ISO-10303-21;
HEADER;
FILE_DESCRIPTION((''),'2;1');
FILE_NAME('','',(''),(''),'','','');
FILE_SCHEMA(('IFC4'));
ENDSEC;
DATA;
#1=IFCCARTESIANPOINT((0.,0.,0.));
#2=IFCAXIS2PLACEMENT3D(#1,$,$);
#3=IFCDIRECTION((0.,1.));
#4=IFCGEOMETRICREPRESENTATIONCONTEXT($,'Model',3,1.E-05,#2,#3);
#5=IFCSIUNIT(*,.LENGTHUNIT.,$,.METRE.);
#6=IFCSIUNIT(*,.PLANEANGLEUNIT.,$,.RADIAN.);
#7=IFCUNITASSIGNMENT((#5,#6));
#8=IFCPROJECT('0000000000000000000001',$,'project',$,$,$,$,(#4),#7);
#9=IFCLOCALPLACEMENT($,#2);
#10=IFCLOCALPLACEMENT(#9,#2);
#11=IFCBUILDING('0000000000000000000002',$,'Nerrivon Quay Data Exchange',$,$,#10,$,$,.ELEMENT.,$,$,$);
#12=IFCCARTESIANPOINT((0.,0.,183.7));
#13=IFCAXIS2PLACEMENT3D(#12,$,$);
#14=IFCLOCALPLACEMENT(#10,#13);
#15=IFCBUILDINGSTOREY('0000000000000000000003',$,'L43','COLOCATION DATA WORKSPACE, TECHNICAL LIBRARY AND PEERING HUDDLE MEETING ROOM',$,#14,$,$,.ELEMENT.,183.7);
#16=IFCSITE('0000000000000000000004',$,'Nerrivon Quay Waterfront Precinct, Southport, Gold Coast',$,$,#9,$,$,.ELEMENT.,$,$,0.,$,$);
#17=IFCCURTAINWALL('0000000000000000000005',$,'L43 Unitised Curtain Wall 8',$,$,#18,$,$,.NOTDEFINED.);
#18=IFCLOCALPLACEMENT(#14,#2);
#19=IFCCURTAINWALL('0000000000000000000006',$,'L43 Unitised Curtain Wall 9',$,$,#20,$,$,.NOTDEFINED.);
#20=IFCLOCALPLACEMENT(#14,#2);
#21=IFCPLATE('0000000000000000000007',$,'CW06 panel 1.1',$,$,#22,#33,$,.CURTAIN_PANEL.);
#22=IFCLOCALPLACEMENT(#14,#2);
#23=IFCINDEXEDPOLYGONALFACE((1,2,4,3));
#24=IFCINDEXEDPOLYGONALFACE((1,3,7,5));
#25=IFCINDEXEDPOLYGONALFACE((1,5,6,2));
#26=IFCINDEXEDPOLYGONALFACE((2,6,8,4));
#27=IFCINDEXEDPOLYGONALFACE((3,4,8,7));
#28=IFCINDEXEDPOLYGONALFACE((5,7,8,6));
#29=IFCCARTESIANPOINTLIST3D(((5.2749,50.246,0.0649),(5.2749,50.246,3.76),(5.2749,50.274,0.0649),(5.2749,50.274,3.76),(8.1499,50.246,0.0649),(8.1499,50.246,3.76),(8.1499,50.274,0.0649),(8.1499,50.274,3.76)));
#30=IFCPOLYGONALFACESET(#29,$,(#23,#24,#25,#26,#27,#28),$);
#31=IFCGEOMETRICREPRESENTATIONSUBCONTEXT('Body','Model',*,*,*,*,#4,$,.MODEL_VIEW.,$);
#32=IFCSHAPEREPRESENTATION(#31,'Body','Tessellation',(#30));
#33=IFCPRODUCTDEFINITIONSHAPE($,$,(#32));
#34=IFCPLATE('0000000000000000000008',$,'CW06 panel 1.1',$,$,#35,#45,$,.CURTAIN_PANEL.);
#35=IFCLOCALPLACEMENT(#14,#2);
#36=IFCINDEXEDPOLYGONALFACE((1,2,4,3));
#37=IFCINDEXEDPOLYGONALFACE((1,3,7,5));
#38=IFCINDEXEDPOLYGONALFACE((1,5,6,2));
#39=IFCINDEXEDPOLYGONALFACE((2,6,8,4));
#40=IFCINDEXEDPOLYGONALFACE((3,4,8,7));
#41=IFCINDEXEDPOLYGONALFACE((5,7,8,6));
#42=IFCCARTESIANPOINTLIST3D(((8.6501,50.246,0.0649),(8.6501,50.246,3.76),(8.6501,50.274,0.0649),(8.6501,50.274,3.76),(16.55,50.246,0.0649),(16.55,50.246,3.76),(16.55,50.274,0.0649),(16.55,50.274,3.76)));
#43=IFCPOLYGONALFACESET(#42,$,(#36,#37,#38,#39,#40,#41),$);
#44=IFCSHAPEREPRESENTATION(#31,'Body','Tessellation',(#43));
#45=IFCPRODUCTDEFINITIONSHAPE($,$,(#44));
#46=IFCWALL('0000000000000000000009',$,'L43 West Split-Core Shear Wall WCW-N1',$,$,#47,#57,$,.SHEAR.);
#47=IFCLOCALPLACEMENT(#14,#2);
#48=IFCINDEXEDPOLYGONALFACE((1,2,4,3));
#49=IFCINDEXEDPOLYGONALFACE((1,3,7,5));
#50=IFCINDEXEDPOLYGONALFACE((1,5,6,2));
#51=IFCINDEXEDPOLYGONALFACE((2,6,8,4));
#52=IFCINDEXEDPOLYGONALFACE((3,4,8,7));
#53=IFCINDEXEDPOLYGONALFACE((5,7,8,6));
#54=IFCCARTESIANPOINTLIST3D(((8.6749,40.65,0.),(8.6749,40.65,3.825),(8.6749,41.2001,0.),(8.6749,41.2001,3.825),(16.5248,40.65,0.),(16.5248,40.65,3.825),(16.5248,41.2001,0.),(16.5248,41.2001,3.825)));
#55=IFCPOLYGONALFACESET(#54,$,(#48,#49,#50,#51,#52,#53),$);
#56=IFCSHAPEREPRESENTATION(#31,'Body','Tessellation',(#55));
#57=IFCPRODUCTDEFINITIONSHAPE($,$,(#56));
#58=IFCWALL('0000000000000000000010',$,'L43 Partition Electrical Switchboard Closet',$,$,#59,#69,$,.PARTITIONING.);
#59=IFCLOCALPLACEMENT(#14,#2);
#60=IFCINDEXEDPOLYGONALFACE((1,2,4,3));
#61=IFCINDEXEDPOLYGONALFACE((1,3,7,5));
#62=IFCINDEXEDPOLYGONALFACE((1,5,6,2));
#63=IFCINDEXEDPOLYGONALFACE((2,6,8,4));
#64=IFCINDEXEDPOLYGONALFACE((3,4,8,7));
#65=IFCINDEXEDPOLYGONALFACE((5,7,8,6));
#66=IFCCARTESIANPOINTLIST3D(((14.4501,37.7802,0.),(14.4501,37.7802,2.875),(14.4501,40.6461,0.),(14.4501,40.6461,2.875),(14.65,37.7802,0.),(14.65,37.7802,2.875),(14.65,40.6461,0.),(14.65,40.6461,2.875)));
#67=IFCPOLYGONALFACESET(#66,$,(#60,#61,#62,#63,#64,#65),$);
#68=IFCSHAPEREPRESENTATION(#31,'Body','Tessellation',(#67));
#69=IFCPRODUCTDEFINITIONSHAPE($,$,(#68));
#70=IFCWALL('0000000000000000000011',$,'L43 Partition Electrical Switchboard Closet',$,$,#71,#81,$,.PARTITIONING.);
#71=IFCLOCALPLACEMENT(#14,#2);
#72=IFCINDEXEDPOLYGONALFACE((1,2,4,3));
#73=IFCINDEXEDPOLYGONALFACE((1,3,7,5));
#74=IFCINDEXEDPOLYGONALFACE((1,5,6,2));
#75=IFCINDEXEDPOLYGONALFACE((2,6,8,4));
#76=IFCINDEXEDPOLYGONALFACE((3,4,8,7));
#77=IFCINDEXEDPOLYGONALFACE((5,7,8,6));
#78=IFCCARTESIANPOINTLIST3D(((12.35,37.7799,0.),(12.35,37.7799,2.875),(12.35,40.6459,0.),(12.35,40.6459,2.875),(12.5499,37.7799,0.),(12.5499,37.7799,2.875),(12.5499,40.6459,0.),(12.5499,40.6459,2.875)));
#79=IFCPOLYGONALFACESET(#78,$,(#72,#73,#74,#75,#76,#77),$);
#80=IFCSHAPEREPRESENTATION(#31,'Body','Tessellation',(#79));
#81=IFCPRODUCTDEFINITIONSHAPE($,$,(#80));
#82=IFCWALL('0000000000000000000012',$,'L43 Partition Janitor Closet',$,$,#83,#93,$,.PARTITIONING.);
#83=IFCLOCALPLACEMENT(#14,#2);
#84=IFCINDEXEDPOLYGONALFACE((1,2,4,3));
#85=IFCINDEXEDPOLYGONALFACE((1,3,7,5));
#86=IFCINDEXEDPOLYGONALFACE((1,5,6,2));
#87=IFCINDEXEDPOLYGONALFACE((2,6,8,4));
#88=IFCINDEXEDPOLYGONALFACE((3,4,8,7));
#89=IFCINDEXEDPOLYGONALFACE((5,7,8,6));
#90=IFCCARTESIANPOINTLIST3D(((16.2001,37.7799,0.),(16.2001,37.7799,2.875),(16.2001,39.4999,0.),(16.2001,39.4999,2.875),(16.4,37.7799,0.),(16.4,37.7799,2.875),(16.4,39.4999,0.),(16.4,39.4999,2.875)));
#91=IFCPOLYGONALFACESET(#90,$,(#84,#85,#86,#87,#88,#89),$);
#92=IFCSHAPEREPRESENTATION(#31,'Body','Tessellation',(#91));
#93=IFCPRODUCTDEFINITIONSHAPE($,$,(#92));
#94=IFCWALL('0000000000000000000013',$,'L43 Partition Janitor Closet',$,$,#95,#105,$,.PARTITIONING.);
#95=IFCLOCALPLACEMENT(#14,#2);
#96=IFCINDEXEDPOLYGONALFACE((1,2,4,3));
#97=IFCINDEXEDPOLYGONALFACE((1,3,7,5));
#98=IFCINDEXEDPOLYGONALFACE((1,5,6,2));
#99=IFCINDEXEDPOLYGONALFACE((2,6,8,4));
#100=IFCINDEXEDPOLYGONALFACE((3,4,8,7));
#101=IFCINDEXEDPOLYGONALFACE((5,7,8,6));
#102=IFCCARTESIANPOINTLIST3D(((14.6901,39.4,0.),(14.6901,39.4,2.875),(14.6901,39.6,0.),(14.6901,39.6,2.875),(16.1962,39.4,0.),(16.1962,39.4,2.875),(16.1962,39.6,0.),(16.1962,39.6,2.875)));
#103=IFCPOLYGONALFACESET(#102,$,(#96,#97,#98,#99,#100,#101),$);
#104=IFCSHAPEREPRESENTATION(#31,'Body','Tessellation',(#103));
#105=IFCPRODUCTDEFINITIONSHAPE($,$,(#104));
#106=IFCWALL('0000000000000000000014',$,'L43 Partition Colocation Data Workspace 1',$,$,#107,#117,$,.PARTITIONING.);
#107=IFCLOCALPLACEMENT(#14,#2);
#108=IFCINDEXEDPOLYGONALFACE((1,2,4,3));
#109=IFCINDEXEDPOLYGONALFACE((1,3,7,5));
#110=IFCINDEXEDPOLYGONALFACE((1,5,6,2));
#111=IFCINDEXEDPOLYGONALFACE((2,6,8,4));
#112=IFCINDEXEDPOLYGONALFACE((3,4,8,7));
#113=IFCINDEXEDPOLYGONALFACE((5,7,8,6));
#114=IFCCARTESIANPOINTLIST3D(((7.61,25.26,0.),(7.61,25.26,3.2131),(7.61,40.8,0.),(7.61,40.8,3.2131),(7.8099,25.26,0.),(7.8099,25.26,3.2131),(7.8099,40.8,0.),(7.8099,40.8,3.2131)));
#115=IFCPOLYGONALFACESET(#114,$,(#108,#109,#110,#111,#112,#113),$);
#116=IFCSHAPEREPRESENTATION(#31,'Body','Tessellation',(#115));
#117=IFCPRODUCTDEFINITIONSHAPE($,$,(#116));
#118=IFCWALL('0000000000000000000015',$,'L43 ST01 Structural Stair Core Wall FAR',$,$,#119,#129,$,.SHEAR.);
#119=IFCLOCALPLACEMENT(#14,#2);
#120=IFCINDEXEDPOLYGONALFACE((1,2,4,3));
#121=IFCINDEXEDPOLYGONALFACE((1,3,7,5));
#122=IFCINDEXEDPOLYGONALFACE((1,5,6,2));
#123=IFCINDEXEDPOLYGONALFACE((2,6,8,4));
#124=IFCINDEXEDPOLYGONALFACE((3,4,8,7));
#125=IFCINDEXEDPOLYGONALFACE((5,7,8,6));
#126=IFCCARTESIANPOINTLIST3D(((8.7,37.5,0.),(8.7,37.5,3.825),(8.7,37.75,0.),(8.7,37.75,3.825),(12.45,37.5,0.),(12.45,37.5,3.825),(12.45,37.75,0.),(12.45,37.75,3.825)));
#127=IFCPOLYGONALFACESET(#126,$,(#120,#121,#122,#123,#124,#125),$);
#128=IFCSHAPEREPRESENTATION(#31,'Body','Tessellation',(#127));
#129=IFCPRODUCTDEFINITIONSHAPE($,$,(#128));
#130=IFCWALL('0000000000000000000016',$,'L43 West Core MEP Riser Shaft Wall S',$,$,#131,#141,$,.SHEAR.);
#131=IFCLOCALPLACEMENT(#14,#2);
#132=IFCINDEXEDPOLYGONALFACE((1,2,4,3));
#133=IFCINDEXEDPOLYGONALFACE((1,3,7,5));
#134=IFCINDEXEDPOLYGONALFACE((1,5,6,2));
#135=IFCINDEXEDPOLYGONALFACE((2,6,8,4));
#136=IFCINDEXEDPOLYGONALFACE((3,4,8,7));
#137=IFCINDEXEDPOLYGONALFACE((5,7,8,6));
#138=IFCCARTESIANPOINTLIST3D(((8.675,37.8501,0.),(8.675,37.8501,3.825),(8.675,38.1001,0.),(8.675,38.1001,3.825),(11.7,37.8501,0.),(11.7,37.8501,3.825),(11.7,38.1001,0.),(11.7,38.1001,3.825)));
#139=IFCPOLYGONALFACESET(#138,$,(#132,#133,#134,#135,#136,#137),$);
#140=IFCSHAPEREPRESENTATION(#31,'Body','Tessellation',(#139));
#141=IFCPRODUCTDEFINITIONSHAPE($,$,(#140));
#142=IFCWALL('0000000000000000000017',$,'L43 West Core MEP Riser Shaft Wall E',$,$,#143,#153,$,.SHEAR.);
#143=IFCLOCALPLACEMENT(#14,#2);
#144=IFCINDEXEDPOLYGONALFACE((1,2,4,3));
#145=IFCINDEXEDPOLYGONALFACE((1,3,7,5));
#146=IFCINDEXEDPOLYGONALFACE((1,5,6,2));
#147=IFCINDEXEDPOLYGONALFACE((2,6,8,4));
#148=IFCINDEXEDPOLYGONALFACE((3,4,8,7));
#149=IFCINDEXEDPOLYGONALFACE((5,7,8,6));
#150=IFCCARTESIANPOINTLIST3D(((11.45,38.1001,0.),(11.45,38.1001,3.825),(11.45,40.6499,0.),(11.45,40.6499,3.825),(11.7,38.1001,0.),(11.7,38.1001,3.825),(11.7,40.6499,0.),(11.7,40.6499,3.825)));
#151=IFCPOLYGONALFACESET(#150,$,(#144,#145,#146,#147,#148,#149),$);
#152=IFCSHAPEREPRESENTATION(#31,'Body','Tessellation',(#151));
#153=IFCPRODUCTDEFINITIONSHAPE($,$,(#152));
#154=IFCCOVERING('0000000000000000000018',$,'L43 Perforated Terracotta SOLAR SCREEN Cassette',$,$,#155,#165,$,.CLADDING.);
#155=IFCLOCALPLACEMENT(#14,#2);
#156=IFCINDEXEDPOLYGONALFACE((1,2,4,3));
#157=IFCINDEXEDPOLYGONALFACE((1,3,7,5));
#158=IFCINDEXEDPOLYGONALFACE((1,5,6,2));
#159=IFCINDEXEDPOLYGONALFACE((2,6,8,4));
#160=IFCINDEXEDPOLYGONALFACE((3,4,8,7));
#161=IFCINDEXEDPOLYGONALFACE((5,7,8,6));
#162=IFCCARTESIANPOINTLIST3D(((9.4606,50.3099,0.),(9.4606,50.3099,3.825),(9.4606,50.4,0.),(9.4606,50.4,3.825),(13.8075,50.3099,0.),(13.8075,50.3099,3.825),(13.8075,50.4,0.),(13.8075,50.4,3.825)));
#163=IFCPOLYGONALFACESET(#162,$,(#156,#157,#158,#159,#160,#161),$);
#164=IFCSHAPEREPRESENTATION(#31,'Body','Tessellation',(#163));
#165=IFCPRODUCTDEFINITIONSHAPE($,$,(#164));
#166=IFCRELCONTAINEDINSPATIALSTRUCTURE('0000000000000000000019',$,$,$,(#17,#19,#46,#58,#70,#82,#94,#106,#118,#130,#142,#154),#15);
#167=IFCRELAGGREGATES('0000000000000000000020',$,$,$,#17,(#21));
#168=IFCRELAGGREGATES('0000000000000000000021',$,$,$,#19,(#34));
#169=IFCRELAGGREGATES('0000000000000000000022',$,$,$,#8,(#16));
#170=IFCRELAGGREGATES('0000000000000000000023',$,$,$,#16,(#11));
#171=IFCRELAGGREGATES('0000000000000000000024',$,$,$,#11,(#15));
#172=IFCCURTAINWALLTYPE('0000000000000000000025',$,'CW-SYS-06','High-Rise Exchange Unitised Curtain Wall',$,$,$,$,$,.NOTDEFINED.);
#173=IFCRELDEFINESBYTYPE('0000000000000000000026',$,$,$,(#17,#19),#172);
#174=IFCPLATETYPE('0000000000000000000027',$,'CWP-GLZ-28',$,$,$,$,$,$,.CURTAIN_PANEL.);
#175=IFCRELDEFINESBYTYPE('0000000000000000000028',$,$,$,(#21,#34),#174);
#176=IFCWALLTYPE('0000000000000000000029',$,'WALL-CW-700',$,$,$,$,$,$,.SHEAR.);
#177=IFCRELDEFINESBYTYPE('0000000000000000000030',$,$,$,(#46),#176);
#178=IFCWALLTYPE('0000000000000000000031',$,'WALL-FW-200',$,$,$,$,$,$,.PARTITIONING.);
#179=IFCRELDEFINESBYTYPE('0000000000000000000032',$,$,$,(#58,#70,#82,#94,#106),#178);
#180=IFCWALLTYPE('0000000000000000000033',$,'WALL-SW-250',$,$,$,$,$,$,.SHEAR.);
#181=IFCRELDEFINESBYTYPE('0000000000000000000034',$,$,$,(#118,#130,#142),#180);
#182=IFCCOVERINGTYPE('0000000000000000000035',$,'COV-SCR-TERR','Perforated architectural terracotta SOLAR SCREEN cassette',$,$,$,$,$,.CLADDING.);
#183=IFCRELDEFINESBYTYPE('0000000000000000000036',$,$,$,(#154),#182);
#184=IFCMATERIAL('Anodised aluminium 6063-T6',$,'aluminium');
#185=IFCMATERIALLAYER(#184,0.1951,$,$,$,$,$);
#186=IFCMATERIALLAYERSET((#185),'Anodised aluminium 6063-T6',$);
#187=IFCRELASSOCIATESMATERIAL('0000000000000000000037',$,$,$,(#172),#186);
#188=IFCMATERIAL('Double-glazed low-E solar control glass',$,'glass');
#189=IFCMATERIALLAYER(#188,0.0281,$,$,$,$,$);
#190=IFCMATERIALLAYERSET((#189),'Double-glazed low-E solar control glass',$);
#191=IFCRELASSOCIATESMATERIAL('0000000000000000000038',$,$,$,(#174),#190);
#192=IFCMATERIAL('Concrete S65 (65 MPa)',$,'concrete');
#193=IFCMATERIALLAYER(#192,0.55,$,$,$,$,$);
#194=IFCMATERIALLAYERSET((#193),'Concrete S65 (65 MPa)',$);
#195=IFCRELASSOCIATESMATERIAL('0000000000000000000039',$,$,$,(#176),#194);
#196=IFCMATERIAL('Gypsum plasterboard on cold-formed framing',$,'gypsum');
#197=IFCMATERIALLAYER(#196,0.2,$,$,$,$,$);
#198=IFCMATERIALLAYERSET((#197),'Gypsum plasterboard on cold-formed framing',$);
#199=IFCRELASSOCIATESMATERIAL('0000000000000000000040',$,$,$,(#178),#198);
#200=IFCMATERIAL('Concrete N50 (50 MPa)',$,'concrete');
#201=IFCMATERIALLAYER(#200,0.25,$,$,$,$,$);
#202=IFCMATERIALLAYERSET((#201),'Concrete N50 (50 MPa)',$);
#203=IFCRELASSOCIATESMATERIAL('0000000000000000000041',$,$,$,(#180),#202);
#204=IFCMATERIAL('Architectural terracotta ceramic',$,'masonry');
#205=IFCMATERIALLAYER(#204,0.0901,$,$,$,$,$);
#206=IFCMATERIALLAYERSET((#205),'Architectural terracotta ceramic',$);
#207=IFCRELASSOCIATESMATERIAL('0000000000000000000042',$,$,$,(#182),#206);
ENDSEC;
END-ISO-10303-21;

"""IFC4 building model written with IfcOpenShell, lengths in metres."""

from ifc_helpers import new_model, si_unit, direction, frame, frame_2d, origin, origin_2d, place, context, subcontext, project, spatial, rectangle, extrude, material, layer, layer_set, type_object, element, aggregate, save


model = new_model("IFC4")

# Units and contexts
model_context = context("Model", 3, precision=1e-05, world=origin(), true_north=direction((0.0, 1.0)))
body_context = subcontext(model_context, "Body", "Model", "MODEL_VIEW")
ifc_project = project(units=[si_unit("LENGTHUNIT", "METRE"), si_unit("PLANEANGLEUNIT", "RADIAN")], contexts=[model_context])

# Site, building, storey
site_placement = place(None, origin())
site = spatial("IfcSite", under=ifc_project, at=site_placement, Name="Nerrivon Quay Waterfront Precinct, Southport, Gold Coast", CompositionType="ELEMENT", RefElevation=0.0)
building_placement = place(site_placement, origin())
building = spatial("IfcBuilding", under=site, at=building_placement, Name="Nerrivon Quay Data Exchange", CompositionType="ELEMENT")
storey_placement = place(building_placement, frame((0.0, 0.0, 183.7)))
storey = spatial("IfcBuildingStorey", under=building, at=storey_placement, Name="L43", Description="COLOCATION DATA WORKSPACE, TECHNICAL LIBRARY AND PEERING HUDDLE MEETING ROOM", CompositionType="ELEMENT", Elevation=183.7)

# Shared definitions
ifc_material_1 = material(Name="Concrete S65 (65 MPa)", Category="concrete")

# Shared definitions
ifc_material_2 = material(Name="Concrete N50 (50 MPa)", Category="concrete")

# Curtain wall
ifc_material_3 = material(Name="Anodised aluminium 6063-T6", Category="aluminium")
ifc_layer_1 = layer(ifc_material_3, 0.1951)
ifc_layer_set_1 = layer_set([ifc_layer_1], Name="Anodised aluminium 6063-T6")
curtain_wall_type = type_object("IfcCurtainWallType", Name="CW-SYS-06", Description="High-Rise Exchange Unitised Curtain Wall", PredefinedType="NOTDEFINED", material=ifc_layer_set_1)
curtain_wall_1_placement = place(storey_placement, origin())
curtain_wall_1 = element("IfcCurtainWall", 1, at=curtain_wall_1_placement, inside=storey, type_object=curtain_wall_type, Name="L43 Unitised Curtain Wall 8", PredefinedType="NOTDEFINED")

# Curtain wall
curtain_wall_2_placement = place(storey_placement, origin())
curtain_wall_2 = element("IfcCurtainWall", 2, at=curtain_wall_2_placement, inside=storey, type_object=curtain_wall_type, Name="L43 Unitised Curtain Wall 9", PredefinedType="NOTDEFINED")

# Plates
ifc_material_4 = material(Name="Double-glazed low-E solar control glass", Category="glass")
ifc_layer_2 = layer(ifc_material_4, 0.0281)
ifc_layer_set_2 = layer_set([ifc_layer_2], Name="Double-glazed low-E solar control glass")
plate_type = type_object("IfcPlateType", Name="CWP-GLZ-28", PredefinedType="CURTAIN_PANEL", material=ifc_layer_set_2)
plate_1_placement = place(storey_placement, frame((6.7124, 50.26, 0.0649), z_axis=(0.0, 0.0, 1.0), x_axis=(1.0, 0.0, 0.0)))
plate_1 = element("IfcPlate", 3, at=plate_1_placement, type_object=plate_type, Name="CW06 panel 1.1", PredefinedType="CURTAIN_PANEL", context=body_context, shape_type="SweptSolid", body=[
    extrude(rectangle(XDim=2.875, YDim=0.0281, at=origin_2d()), origin(), (0.0, 0.0, 1.0), 3.6951),
])
aggregate(curtain_wall_1, [plate_1])
plate_2_placement = place(storey_placement, frame((12.6001, 50.26, 0.0649), z_axis=(0.0, 0.0, 1.0), x_axis=(1.0, 0.0, 0.0)))
plate_2 = element("IfcPlate", 4, at=plate_2_placement, type_object=plate_type, Name="CW06 panel 1.1", PredefinedType="CURTAIN_PANEL", context=body_context, shape_type="SweptSolid", body=[
    extrude(rectangle(XDim=7.8999, YDim=0.0281, at=origin_2d()), origin(), (0.0, 0.0, 1.0), 3.6951),
])
aggregate(curtain_wall_2, [plate_2])

# Walls
ifc_layer_3 = layer(ifc_material_1, 0.55)
ifc_layer_set_3 = layer_set([ifc_layer_3], Name="Concrete S65 (65 MPa)")
wall_type_1 = type_object("IfcWallType", Name="WALL-CW-700", PredefinedType="SHEAR", material=ifc_layer_set_3)
wall_1_placement = place(storey_placement, frame((8.675, 40.925, 0.0), z_axis=(0.0, 0.0, 1.0), x_axis=(1.0, 0.0, 0.0)))
element("IfcWall", 5, at=wall_1_placement, inside=storey, type_object=wall_type_1, Name="L43 West Split-Core Shear Wall WCW-N1", PredefinedType="SHEAR", context=body_context, shape_type="SweptSolid", body=[
    extrude(rectangle(XDim=7.8499, YDim=0.55, at=frame_2d((3.9248, 0.0))), origin(), (0.0, 0.0, 1.0), 3.825),
])
ifc_material_5 = material(Name="Gypsum plasterboard on cold-formed framing", Category="gypsum")
ifc_layer_4 = layer(ifc_material_5, 0.2)
ifc_layer_set_4 = layer_set([ifc_layer_4], Name="Gypsum plasterboard on cold-formed framing")
wall_type_2 = type_object("IfcWallType", Name="WALL-FW-200", PredefinedType="PARTITIONING", material=ifc_layer_set_4)
for number, where, z_axis, x_axis, name in (
    (6, (14.55, 37.78, 0.0), (0.0, 0.0, 1.0), (0.0, 1.0, 0.0), "L43 Partition Electrical Switchboard Closet"),
    (7, (12.45, 40.646, 0.0), (0.0, 0.0, 1.0), (0.0, -1.0, 0.0), "L43 Partition Electrical Switchboard Closet"),
):
    element("IfcWall", number, at=place(storey_placement, frame(where, z_axis=z_axis, x_axis=x_axis)), inside=storey, type_object=wall_type_2, Name=name, PredefinedType="PARTITIONING", context=body_context, shape_type="SweptSolid", body=[
        extrude(rectangle(XDim=2.866, YDim=0.2, at=frame_2d((1.4331, 0.0))), origin(), (0.0, 0.0, 1.0), 2.875),
    ])
wall_2_placement = place(storey_placement, frame((16.3, 37.78, 0.0), z_axis=(0.0, 0.0, 1.0), x_axis=(0.0, 1.0, 0.0)))
element("IfcWall", 8, at=wall_2_placement, inside=storey, type_object=wall_type_2, Name="L43 Partition Janitor Closet", PredefinedType="PARTITIONING", context=body_context, shape_type="SweptSolid", body=[
    extrude(rectangle(XDim=1.72, YDim=0.2, at=frame_2d((0.8599, 0.0))), origin(), (0.0, 0.0, 1.0), 2.875),
])
wall_3_placement = place(storey_placement, frame((16.196, 39.5, 0.0), z_axis=(0.0, 0.0, 1.0), x_axis=(-1.0, 0.0, 0.0)))
element("IfcWall", 9, at=wall_3_placement, inside=storey, type_object=wall_type_2, Name="L43 Partition Janitor Closet", PredefinedType="PARTITIONING", context=body_context, shape_type="SweptSolid", body=[
    extrude(rectangle(XDim=1.5061, YDim=0.2, at=frame_2d((0.7529, 0.0))), origin(), (0.0, 0.0, 1.0), 2.875),
])
wall_4_placement = place(storey_placement, frame((7.71, 40.8, 0.0), z_axis=(0.0, 0.0, 1.0), x_axis=(0.0, -1.0, 0.0)))
element("IfcWall", 10, at=wall_4_placement, inside=storey, type_object=wall_type_2, Name="L43 Partition Colocation Data Workspace 1", PredefinedType="PARTITIONING", context=body_context, shape_type="SweptSolid", body=[
    extrude(rectangle(XDim=15.54, YDim=0.2, at=frame_2d((7.77, 0.0))), origin(), (0.0, 0.0, 1.0), 3.2131),
])
ifc_layer_5 = layer(ifc_material_2, 0.25)
ifc_layer_set_5 = layer_set([ifc_layer_5], Name="Concrete N50 (50 MPa)")
wall_type_3 = type_object("IfcWallType", Name="WALL-SW-250", PredefinedType="SHEAR", material=ifc_layer_set_5)
wall_5_placement = place(storey_placement, frame((12.45, 37.625, 0.0), z_axis=(0.0, 0.0, 1.0), x_axis=(-1.0, 0.0, 0.0)))
element("IfcWall", 11, at=wall_5_placement, inside=storey, type_object=wall_type_3, Name="L43 ST01 Structural Stair Core Wall FAR", PredefinedType="SHEAR", context=body_context, shape_type="SweptSolid", body=[
    extrude(rectangle(XDim=3.75, YDim=0.25, at=frame_2d((1.875, 0.0))), origin(), (0.0, 0.0, 1.0), 3.825),
])
wall_6_placement = place(storey_placement, frame((8.675, 37.9751, 0.0), z_axis=(0.0, 0.0, 1.0), x_axis=(1.0, 0.0, 0.0)))
element("IfcWall", 12, at=wall_6_placement, inside=storey, type_object=wall_type_3, Name="L43 West Core MEP Riser Shaft Wall S", PredefinedType="SHEAR", context=body_context, shape_type="SweptSolid", body=[
    extrude(rectangle(XDim=3.0249, YDim=0.25, at=frame_2d((1.5125, 0.0))), origin(), (0.0, 0.0, 1.0), 3.825),
])
wall_7_placement = place(storey_placement, frame((11.575, 38.1001, 0.0), z_axis=(0.0, 0.0, 1.0), x_axis=(0.0, 1.0, 0.0)))
element("IfcWall", 13, at=wall_7_placement, inside=storey, type_object=wall_type_3, Name="L43 West Core MEP Riser Shaft Wall E", PredefinedType="SHEAR", context=body_context, shape_type="SweptSolid", body=[
    extrude(rectangle(XDim=2.5498, YDim=0.25, at=frame_2d((1.2749, 0.0))), origin(), (0.0, 0.0, 1.0), 3.825),
])

# Covering
ifc_material_6 = material(Name="Architectural terracotta ceramic", Category="masonry")
ifc_layer_6 = layer(ifc_material_6, 0.0901)
ifc_layer_set_6 = layer_set([ifc_layer_6], Name="Architectural terracotta ceramic")
covering_type = type_object("IfcCoveringType", Name="COV-SCR-TERR", Description="Perforated architectural terracotta SOLAR SCREEN cassette", PredefinedType="CLADDING", material=ifc_layer_set_6)
covering_placement = place(storey_placement, frame((11.634, 50.355, 0.0), z_axis=(0.0, 0.0, 1.0), x_axis=(1.0, 0.0, 0.0)))
element("IfcCovering", 14, at=covering_placement, inside=storey, type_object=covering_type, Name="L43 Perforated Terracotta SOLAR SCREEN Cassette", PredefinedType="CLADDING", context=body_context, shape_type="SweptSolid", body=[
    extrude(rectangle(XDim=4.3469, YDim=0.0901, at=origin_2d()), origin(), (0.0, 0.0, 1.0), 3.825),
])

save(model, "model.ifc")
